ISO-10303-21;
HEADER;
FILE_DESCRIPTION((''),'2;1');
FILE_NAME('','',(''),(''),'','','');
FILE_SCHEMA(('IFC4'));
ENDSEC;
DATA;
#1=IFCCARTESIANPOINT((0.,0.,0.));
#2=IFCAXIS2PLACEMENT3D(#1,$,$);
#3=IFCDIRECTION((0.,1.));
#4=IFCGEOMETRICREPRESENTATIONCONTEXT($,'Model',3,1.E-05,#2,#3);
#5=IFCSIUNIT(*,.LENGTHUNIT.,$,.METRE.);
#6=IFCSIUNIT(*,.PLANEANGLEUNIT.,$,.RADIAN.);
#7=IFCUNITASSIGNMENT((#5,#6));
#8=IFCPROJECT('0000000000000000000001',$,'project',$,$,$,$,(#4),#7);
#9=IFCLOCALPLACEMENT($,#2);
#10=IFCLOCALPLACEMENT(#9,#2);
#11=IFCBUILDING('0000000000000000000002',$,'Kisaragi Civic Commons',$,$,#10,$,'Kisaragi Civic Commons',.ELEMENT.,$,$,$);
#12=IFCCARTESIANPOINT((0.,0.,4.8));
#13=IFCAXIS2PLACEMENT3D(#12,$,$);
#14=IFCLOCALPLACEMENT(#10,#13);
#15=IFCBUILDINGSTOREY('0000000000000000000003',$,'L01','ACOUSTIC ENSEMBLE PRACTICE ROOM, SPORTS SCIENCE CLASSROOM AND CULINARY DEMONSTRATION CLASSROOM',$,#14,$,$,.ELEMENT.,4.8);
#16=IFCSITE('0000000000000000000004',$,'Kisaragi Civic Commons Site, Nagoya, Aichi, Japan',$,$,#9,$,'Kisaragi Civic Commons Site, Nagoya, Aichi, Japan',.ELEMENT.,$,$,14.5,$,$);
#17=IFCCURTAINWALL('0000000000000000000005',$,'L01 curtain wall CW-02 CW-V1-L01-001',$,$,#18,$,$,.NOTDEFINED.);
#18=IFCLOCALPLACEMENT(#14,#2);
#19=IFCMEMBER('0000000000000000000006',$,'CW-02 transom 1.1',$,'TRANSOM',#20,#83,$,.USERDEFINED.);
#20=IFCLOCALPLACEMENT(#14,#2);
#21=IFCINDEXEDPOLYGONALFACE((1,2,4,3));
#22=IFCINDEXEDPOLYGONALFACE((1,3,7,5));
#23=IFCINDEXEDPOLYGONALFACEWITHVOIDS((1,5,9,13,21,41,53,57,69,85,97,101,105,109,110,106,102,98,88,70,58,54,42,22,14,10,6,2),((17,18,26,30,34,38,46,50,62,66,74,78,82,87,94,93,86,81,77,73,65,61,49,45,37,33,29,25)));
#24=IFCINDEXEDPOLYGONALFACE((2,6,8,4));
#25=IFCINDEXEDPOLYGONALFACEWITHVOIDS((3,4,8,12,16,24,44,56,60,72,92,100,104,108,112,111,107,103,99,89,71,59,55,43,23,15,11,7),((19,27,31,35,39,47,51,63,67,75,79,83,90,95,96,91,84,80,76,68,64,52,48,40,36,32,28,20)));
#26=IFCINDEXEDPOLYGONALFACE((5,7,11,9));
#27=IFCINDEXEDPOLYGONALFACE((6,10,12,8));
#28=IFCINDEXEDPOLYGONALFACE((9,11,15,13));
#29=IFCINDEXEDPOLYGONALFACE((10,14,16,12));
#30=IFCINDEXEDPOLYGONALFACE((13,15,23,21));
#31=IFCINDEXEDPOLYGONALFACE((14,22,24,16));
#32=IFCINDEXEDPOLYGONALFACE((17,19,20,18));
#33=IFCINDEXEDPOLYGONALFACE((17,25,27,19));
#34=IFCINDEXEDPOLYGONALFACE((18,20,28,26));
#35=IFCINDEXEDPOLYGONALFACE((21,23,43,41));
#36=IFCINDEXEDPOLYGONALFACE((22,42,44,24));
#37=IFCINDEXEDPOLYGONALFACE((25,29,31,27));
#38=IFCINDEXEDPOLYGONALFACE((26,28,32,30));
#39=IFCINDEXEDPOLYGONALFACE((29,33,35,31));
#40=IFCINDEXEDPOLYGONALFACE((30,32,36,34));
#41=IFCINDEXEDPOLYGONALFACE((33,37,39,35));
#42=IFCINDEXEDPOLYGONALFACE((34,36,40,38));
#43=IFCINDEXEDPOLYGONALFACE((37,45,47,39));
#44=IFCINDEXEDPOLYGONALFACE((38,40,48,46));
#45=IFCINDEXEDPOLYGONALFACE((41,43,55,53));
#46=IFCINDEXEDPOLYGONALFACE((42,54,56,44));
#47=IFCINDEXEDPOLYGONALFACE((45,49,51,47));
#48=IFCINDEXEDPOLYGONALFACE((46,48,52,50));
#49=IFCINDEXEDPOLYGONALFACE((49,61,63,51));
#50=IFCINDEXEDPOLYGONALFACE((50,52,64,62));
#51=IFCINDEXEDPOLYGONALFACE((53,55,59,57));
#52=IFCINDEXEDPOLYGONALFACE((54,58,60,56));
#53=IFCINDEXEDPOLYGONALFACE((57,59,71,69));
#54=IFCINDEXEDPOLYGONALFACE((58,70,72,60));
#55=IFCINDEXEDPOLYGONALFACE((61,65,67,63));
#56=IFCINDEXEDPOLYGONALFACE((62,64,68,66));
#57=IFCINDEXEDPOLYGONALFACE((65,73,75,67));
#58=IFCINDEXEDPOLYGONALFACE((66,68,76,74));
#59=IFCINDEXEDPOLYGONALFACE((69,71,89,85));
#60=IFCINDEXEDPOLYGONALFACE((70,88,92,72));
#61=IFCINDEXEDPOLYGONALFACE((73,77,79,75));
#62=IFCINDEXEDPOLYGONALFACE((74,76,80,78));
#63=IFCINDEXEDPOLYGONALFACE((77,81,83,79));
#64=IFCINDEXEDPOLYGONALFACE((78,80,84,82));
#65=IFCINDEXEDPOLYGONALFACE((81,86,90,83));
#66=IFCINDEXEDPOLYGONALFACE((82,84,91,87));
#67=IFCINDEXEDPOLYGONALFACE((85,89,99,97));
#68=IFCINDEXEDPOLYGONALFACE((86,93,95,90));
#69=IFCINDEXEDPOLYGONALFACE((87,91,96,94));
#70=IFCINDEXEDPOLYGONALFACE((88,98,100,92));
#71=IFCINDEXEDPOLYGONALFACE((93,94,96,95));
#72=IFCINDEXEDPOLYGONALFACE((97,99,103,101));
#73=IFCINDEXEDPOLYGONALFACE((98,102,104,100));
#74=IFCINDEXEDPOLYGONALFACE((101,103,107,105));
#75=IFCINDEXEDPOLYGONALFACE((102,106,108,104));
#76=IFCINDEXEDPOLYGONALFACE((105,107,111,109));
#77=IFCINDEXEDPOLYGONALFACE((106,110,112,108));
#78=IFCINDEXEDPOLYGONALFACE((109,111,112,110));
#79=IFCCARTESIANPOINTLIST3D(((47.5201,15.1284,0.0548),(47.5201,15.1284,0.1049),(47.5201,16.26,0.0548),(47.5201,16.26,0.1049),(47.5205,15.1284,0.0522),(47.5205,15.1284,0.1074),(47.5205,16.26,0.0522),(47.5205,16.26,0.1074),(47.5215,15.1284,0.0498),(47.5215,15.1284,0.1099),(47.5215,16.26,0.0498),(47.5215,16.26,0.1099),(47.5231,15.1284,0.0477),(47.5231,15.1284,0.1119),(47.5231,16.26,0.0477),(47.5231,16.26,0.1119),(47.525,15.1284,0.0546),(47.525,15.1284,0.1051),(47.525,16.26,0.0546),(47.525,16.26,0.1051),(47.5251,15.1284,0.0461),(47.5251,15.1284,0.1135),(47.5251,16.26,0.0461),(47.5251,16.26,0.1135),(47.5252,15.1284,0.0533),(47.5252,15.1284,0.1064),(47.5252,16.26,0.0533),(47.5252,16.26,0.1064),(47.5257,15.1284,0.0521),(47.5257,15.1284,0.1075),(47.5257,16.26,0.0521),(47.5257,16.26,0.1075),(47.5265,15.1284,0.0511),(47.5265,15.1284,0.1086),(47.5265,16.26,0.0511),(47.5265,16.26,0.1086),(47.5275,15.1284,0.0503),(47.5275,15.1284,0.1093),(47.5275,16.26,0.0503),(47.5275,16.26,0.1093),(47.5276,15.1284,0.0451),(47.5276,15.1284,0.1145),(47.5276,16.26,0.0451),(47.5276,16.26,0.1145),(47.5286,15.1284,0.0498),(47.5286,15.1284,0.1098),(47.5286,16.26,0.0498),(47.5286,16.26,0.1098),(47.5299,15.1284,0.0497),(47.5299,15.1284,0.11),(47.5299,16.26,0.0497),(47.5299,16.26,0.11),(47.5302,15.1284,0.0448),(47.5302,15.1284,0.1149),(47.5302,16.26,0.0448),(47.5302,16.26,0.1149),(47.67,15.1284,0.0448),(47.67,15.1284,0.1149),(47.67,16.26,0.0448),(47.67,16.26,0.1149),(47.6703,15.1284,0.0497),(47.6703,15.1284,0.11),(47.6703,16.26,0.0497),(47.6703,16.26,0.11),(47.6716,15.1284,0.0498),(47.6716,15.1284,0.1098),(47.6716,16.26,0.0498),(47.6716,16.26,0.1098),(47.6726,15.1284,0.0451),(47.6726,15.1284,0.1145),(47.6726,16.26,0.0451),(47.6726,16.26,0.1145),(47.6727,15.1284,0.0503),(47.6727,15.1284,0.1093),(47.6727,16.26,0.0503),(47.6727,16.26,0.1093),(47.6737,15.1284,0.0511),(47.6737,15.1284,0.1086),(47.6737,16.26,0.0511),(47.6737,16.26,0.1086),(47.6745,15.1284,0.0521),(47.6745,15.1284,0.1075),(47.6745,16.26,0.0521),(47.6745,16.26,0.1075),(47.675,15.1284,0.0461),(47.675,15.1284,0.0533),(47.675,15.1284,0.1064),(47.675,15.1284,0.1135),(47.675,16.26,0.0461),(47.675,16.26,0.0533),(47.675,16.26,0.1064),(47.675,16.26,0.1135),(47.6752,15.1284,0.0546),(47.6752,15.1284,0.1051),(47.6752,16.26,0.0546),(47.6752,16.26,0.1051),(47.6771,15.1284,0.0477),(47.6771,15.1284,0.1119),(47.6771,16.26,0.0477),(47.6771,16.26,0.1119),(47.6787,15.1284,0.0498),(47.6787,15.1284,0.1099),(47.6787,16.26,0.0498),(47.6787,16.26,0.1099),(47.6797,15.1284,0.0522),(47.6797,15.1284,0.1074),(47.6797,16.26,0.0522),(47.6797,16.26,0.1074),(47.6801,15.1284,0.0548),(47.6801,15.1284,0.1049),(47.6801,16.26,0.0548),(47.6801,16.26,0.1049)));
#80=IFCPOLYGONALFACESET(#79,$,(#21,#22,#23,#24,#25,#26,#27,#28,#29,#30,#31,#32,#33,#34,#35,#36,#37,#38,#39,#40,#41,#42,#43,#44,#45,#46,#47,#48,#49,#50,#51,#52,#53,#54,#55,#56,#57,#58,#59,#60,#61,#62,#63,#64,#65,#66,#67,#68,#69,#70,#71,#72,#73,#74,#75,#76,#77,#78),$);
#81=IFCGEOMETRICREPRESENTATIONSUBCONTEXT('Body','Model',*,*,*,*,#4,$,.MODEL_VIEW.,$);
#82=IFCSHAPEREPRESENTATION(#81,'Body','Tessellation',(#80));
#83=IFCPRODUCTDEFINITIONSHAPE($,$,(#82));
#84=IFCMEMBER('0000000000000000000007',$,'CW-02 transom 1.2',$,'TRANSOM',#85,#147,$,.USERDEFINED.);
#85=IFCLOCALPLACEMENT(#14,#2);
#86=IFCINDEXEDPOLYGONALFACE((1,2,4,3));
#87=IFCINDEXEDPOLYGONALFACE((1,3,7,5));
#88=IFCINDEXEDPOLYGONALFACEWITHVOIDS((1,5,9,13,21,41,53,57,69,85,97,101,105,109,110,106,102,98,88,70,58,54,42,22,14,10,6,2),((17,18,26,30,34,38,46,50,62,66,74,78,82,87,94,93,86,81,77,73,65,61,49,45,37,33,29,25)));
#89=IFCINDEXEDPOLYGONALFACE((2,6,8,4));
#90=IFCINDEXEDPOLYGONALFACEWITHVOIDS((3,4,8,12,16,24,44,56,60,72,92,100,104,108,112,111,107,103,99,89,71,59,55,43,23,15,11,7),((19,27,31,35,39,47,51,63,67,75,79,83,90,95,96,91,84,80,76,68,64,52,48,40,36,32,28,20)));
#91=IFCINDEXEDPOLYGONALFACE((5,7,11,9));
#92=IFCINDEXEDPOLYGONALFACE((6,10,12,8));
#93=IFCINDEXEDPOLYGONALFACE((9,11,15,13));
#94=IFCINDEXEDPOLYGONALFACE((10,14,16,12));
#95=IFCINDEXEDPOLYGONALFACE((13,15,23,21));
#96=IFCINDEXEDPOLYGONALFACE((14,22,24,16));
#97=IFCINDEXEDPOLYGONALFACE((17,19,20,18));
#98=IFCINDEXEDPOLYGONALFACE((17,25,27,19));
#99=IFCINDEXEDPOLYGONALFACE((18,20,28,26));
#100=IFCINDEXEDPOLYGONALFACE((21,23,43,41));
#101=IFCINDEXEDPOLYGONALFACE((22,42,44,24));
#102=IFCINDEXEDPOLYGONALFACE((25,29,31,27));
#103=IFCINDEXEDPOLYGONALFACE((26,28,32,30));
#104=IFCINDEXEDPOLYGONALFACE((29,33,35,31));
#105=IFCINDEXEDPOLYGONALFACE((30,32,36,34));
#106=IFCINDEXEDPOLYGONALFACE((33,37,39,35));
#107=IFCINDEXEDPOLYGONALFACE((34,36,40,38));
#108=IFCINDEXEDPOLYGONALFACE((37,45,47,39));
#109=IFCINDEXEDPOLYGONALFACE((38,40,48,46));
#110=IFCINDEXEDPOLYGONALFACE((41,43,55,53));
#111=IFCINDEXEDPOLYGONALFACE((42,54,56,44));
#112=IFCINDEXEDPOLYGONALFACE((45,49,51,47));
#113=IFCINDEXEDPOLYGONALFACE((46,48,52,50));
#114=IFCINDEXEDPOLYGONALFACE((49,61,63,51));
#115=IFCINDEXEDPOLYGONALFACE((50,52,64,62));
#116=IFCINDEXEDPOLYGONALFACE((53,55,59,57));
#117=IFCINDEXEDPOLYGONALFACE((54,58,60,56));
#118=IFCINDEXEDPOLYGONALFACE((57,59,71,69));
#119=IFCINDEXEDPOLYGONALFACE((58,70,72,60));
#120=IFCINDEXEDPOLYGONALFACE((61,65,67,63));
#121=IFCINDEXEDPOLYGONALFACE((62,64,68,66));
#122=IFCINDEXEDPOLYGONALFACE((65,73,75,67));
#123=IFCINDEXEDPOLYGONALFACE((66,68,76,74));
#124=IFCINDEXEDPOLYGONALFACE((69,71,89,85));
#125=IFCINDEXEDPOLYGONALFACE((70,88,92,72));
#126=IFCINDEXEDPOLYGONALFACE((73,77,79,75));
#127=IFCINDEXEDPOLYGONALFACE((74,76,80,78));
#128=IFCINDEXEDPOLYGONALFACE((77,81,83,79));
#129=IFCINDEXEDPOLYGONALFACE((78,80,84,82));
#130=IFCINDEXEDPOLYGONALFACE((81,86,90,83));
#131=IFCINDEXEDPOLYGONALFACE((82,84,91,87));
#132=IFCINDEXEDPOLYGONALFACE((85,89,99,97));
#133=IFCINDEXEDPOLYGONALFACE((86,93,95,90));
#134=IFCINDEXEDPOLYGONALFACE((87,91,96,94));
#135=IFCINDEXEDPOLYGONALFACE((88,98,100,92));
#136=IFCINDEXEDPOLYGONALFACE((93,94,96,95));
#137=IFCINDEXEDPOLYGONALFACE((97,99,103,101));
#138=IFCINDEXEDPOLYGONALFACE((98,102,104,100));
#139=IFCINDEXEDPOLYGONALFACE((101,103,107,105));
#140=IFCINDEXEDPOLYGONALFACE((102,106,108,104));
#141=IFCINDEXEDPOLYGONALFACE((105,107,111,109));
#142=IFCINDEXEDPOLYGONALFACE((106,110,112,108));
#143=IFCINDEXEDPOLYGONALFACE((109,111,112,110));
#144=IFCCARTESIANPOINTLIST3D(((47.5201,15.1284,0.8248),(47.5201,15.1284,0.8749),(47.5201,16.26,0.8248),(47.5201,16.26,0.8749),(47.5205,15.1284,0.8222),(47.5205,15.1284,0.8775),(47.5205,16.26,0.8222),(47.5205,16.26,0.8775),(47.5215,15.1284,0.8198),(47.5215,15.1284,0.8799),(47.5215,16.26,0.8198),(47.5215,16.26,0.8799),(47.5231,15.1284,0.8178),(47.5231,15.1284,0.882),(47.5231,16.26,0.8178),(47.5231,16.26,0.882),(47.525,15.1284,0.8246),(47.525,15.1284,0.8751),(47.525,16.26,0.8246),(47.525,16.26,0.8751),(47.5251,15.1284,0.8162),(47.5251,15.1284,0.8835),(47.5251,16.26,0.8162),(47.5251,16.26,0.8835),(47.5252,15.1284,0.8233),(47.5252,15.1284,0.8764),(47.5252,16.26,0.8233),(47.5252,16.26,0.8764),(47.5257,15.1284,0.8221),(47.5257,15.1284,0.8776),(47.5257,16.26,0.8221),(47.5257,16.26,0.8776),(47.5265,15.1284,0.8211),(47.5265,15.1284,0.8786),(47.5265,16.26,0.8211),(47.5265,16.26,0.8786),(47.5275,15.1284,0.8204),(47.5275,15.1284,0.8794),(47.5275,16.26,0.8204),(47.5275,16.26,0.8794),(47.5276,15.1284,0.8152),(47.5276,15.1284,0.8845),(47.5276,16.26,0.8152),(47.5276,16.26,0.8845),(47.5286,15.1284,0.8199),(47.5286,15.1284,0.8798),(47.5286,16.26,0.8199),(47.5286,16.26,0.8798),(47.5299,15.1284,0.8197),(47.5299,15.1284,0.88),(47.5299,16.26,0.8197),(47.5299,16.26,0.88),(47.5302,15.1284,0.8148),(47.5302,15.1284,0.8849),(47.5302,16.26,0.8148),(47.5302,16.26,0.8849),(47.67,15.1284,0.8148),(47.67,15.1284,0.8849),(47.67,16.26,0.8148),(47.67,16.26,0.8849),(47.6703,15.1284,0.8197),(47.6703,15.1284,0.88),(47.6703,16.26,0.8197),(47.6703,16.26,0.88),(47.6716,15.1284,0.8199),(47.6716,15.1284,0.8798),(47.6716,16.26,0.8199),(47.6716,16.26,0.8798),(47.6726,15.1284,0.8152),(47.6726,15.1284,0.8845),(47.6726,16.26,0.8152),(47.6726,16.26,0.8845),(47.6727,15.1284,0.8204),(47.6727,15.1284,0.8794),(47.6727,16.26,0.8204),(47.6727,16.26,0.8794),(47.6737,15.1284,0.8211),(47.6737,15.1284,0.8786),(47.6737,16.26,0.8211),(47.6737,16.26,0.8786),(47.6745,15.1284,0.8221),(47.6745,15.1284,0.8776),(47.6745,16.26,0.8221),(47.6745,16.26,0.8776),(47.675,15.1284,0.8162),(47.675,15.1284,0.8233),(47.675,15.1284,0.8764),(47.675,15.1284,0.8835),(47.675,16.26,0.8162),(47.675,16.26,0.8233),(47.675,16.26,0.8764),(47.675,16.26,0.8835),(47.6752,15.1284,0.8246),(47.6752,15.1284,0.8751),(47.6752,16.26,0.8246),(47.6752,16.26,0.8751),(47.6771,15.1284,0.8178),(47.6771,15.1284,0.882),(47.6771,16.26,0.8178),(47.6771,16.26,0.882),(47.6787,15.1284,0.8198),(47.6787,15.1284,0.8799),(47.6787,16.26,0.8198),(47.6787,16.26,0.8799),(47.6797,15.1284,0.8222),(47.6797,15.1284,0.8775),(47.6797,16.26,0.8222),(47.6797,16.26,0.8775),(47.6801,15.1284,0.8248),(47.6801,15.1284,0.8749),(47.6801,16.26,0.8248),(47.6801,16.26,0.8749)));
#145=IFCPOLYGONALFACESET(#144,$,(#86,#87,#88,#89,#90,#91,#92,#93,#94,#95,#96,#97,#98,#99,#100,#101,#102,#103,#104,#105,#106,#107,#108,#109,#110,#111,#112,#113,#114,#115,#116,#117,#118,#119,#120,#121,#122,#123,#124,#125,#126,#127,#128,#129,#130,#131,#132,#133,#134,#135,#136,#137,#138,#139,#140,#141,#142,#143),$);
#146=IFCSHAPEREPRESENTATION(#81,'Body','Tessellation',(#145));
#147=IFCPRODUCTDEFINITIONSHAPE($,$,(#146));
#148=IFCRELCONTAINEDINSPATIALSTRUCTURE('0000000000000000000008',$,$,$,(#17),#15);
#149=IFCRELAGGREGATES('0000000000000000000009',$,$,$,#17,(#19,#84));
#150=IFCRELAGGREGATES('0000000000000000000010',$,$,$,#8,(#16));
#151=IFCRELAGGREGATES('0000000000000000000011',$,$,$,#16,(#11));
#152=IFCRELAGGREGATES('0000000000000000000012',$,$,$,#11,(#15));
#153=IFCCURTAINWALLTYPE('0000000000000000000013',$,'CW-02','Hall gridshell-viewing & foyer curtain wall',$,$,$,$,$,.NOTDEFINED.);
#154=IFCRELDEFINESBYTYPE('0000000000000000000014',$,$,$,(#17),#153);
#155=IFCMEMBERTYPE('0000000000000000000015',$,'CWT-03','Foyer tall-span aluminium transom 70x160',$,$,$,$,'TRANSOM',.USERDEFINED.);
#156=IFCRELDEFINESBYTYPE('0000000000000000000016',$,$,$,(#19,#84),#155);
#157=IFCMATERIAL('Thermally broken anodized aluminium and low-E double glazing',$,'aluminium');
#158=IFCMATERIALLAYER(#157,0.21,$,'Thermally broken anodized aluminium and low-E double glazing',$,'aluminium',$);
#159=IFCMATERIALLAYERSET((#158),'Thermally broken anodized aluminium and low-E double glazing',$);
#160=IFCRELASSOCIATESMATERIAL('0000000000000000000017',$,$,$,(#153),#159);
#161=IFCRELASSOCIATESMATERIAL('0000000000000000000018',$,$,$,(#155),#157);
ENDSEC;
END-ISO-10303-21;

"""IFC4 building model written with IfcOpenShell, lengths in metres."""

from ifc_helpers import new_model, si_unit, direction, frame, origin, origin_2d, place, context, subcontext, project, spatial, hollow_rectangle, extrude, material, layer, layer_set, material_profile, profile_set, type_object, element, aggregate, save


model = new_model("IFC4")

# Units and contexts
model_context = context("Model", 3, precision=1e-05, world=origin(), true_north=direction((0.0, 1.0)))
body_context = subcontext(model_context, "Body", "Model", "MODEL_VIEW")
ifc_project = project(units=[si_unit("LENGTHUNIT", "METRE"), si_unit("PLANEANGLEUNIT", "RADIAN")], contexts=[model_context])

# Site, building, storey
site_placement = place(None, origin())
site = spatial("IfcSite", under=ifc_project, at=site_placement, Name="Kisaragi Civic Commons Site, Nagoya, Aichi, Japan", LongName="Kisaragi Civic Commons Site, Nagoya, Aichi, Japan", CompositionType="ELEMENT", RefElevation=14.5)
building_placement = place(site_placement, origin())
building = spatial("IfcBuilding", under=site, at=building_placement, Name="Kisaragi Civic Commons", LongName="Kisaragi Civic Commons", CompositionType="ELEMENT")
storey_placement = place(building_placement, frame((0.0, 0.0, 4.8)))
storey = spatial("IfcBuildingStorey", under=building, at=storey_placement, Name="L01", Description="ACOUSTIC ENSEMBLE PRACTICE ROOM, SPORTS SCIENCE CLASSROOM AND CULINARY DEMONSTRATION CLASSROOM", CompositionType="ELEMENT", Elevation=4.8)

# Curtain wall, members
ifc_material_1 = material(Name="Thermally broken anodized aluminium and low-E double glazing", Category="aluminium")
ifc_layer_1 = layer(ifc_material_1, 0.21, Name="Thermally broken anodized aluminium and low-E double glazing", Category="aluminium")
ifc_layer_set_1 = layer_set([ifc_layer_1], Name="Thermally broken anodized aluminium and low-E double glazing")
curtain_wall_type = type_object("IfcCurtainWallType", Name="CW-02", Description="Hall gridshell-viewing & foyer curtain wall", PredefinedType="NOTDEFINED", material=ifc_layer_set_1)
curtain_wall_placement = place(storey_placement, origin())
curtain_wall = element("IfcCurtainWall", 1, at=curtain_wall_placement, inside=storey, type_object=curtain_wall_type, Name="L01 curtain wall CW-02 CW-V1-L01-001", PredefinedType="NOTDEFINED")
ifc_material_profile_1 = material_profile(ifc_material_1, hollow_rectangle(XDim=0.1599, YDim=0.0701, WallThickness=0.0049, InnerFilletRadius=0.0049, OuterFilletRadius=0.01, at=origin_2d()), Name="CWT-70x160x5", Category="aluminium")
ifc_profile_set_1 = profile_set([ifc_material_profile_1], Name="Thermally broken anodized aluminium and low-E double glazing")
member_type_1 = type_object("IfcMemberType", Name="CWT-03", Description="Foyer tall-span aluminium transom 70x160", ElementType="TRANSOM", PredefinedType="USERDEFINED", material=ifc_profile_set_1)
member_1_placement = place(storey_placement, frame((47.6001, 16.26, 0.0798), z_axis=(0.0, -1.0, 0.0), x_axis=(1.0, 0.0, 0.0)))
member_1 = element("IfcMember", 2, at=member_1_placement, type_object=member_type_1, Name="CW-02 transom 1.1", ObjectType="TRANSOM", PredefinedType="USERDEFINED", context=body_context, shape_type="SweptSolid", body=[
    extrude(hollow_rectangle(XDim=0.1599, YDim=0.0701, WallThickness=0.0049, InnerFilletRadius=0.0049, OuterFilletRadius=0.01, at=origin_2d()), origin(), (0.0, 0.0, 1.0), 1.1316),
])
member_2_placement = place(storey_placement, frame((47.6001, 16.26, 0.8499), z_axis=(0.0, -1.0, 0.0), x_axis=(1.0, 0.0, 0.0)))
member_2 = element("IfcMember", 3, at=member_2_placement, type_object=member_type_1, Name="CW-02 transom 1.2", ObjectType="TRANSOM", PredefinedType="USERDEFINED", context=body_context, shape_type="SweptSolid", body=[
    extrude(hollow_rectangle(XDim=0.1599, YDim=0.0701, WallThickness=0.0049, InnerFilletRadius=0.0049, OuterFilletRadius=0.01, at=origin_2d()), origin(), (0.0, 0.0, 1.0), 1.1316),
])

aggregate(curtain_wall, [member_1, member_2])

save(model, "model.ifc")
